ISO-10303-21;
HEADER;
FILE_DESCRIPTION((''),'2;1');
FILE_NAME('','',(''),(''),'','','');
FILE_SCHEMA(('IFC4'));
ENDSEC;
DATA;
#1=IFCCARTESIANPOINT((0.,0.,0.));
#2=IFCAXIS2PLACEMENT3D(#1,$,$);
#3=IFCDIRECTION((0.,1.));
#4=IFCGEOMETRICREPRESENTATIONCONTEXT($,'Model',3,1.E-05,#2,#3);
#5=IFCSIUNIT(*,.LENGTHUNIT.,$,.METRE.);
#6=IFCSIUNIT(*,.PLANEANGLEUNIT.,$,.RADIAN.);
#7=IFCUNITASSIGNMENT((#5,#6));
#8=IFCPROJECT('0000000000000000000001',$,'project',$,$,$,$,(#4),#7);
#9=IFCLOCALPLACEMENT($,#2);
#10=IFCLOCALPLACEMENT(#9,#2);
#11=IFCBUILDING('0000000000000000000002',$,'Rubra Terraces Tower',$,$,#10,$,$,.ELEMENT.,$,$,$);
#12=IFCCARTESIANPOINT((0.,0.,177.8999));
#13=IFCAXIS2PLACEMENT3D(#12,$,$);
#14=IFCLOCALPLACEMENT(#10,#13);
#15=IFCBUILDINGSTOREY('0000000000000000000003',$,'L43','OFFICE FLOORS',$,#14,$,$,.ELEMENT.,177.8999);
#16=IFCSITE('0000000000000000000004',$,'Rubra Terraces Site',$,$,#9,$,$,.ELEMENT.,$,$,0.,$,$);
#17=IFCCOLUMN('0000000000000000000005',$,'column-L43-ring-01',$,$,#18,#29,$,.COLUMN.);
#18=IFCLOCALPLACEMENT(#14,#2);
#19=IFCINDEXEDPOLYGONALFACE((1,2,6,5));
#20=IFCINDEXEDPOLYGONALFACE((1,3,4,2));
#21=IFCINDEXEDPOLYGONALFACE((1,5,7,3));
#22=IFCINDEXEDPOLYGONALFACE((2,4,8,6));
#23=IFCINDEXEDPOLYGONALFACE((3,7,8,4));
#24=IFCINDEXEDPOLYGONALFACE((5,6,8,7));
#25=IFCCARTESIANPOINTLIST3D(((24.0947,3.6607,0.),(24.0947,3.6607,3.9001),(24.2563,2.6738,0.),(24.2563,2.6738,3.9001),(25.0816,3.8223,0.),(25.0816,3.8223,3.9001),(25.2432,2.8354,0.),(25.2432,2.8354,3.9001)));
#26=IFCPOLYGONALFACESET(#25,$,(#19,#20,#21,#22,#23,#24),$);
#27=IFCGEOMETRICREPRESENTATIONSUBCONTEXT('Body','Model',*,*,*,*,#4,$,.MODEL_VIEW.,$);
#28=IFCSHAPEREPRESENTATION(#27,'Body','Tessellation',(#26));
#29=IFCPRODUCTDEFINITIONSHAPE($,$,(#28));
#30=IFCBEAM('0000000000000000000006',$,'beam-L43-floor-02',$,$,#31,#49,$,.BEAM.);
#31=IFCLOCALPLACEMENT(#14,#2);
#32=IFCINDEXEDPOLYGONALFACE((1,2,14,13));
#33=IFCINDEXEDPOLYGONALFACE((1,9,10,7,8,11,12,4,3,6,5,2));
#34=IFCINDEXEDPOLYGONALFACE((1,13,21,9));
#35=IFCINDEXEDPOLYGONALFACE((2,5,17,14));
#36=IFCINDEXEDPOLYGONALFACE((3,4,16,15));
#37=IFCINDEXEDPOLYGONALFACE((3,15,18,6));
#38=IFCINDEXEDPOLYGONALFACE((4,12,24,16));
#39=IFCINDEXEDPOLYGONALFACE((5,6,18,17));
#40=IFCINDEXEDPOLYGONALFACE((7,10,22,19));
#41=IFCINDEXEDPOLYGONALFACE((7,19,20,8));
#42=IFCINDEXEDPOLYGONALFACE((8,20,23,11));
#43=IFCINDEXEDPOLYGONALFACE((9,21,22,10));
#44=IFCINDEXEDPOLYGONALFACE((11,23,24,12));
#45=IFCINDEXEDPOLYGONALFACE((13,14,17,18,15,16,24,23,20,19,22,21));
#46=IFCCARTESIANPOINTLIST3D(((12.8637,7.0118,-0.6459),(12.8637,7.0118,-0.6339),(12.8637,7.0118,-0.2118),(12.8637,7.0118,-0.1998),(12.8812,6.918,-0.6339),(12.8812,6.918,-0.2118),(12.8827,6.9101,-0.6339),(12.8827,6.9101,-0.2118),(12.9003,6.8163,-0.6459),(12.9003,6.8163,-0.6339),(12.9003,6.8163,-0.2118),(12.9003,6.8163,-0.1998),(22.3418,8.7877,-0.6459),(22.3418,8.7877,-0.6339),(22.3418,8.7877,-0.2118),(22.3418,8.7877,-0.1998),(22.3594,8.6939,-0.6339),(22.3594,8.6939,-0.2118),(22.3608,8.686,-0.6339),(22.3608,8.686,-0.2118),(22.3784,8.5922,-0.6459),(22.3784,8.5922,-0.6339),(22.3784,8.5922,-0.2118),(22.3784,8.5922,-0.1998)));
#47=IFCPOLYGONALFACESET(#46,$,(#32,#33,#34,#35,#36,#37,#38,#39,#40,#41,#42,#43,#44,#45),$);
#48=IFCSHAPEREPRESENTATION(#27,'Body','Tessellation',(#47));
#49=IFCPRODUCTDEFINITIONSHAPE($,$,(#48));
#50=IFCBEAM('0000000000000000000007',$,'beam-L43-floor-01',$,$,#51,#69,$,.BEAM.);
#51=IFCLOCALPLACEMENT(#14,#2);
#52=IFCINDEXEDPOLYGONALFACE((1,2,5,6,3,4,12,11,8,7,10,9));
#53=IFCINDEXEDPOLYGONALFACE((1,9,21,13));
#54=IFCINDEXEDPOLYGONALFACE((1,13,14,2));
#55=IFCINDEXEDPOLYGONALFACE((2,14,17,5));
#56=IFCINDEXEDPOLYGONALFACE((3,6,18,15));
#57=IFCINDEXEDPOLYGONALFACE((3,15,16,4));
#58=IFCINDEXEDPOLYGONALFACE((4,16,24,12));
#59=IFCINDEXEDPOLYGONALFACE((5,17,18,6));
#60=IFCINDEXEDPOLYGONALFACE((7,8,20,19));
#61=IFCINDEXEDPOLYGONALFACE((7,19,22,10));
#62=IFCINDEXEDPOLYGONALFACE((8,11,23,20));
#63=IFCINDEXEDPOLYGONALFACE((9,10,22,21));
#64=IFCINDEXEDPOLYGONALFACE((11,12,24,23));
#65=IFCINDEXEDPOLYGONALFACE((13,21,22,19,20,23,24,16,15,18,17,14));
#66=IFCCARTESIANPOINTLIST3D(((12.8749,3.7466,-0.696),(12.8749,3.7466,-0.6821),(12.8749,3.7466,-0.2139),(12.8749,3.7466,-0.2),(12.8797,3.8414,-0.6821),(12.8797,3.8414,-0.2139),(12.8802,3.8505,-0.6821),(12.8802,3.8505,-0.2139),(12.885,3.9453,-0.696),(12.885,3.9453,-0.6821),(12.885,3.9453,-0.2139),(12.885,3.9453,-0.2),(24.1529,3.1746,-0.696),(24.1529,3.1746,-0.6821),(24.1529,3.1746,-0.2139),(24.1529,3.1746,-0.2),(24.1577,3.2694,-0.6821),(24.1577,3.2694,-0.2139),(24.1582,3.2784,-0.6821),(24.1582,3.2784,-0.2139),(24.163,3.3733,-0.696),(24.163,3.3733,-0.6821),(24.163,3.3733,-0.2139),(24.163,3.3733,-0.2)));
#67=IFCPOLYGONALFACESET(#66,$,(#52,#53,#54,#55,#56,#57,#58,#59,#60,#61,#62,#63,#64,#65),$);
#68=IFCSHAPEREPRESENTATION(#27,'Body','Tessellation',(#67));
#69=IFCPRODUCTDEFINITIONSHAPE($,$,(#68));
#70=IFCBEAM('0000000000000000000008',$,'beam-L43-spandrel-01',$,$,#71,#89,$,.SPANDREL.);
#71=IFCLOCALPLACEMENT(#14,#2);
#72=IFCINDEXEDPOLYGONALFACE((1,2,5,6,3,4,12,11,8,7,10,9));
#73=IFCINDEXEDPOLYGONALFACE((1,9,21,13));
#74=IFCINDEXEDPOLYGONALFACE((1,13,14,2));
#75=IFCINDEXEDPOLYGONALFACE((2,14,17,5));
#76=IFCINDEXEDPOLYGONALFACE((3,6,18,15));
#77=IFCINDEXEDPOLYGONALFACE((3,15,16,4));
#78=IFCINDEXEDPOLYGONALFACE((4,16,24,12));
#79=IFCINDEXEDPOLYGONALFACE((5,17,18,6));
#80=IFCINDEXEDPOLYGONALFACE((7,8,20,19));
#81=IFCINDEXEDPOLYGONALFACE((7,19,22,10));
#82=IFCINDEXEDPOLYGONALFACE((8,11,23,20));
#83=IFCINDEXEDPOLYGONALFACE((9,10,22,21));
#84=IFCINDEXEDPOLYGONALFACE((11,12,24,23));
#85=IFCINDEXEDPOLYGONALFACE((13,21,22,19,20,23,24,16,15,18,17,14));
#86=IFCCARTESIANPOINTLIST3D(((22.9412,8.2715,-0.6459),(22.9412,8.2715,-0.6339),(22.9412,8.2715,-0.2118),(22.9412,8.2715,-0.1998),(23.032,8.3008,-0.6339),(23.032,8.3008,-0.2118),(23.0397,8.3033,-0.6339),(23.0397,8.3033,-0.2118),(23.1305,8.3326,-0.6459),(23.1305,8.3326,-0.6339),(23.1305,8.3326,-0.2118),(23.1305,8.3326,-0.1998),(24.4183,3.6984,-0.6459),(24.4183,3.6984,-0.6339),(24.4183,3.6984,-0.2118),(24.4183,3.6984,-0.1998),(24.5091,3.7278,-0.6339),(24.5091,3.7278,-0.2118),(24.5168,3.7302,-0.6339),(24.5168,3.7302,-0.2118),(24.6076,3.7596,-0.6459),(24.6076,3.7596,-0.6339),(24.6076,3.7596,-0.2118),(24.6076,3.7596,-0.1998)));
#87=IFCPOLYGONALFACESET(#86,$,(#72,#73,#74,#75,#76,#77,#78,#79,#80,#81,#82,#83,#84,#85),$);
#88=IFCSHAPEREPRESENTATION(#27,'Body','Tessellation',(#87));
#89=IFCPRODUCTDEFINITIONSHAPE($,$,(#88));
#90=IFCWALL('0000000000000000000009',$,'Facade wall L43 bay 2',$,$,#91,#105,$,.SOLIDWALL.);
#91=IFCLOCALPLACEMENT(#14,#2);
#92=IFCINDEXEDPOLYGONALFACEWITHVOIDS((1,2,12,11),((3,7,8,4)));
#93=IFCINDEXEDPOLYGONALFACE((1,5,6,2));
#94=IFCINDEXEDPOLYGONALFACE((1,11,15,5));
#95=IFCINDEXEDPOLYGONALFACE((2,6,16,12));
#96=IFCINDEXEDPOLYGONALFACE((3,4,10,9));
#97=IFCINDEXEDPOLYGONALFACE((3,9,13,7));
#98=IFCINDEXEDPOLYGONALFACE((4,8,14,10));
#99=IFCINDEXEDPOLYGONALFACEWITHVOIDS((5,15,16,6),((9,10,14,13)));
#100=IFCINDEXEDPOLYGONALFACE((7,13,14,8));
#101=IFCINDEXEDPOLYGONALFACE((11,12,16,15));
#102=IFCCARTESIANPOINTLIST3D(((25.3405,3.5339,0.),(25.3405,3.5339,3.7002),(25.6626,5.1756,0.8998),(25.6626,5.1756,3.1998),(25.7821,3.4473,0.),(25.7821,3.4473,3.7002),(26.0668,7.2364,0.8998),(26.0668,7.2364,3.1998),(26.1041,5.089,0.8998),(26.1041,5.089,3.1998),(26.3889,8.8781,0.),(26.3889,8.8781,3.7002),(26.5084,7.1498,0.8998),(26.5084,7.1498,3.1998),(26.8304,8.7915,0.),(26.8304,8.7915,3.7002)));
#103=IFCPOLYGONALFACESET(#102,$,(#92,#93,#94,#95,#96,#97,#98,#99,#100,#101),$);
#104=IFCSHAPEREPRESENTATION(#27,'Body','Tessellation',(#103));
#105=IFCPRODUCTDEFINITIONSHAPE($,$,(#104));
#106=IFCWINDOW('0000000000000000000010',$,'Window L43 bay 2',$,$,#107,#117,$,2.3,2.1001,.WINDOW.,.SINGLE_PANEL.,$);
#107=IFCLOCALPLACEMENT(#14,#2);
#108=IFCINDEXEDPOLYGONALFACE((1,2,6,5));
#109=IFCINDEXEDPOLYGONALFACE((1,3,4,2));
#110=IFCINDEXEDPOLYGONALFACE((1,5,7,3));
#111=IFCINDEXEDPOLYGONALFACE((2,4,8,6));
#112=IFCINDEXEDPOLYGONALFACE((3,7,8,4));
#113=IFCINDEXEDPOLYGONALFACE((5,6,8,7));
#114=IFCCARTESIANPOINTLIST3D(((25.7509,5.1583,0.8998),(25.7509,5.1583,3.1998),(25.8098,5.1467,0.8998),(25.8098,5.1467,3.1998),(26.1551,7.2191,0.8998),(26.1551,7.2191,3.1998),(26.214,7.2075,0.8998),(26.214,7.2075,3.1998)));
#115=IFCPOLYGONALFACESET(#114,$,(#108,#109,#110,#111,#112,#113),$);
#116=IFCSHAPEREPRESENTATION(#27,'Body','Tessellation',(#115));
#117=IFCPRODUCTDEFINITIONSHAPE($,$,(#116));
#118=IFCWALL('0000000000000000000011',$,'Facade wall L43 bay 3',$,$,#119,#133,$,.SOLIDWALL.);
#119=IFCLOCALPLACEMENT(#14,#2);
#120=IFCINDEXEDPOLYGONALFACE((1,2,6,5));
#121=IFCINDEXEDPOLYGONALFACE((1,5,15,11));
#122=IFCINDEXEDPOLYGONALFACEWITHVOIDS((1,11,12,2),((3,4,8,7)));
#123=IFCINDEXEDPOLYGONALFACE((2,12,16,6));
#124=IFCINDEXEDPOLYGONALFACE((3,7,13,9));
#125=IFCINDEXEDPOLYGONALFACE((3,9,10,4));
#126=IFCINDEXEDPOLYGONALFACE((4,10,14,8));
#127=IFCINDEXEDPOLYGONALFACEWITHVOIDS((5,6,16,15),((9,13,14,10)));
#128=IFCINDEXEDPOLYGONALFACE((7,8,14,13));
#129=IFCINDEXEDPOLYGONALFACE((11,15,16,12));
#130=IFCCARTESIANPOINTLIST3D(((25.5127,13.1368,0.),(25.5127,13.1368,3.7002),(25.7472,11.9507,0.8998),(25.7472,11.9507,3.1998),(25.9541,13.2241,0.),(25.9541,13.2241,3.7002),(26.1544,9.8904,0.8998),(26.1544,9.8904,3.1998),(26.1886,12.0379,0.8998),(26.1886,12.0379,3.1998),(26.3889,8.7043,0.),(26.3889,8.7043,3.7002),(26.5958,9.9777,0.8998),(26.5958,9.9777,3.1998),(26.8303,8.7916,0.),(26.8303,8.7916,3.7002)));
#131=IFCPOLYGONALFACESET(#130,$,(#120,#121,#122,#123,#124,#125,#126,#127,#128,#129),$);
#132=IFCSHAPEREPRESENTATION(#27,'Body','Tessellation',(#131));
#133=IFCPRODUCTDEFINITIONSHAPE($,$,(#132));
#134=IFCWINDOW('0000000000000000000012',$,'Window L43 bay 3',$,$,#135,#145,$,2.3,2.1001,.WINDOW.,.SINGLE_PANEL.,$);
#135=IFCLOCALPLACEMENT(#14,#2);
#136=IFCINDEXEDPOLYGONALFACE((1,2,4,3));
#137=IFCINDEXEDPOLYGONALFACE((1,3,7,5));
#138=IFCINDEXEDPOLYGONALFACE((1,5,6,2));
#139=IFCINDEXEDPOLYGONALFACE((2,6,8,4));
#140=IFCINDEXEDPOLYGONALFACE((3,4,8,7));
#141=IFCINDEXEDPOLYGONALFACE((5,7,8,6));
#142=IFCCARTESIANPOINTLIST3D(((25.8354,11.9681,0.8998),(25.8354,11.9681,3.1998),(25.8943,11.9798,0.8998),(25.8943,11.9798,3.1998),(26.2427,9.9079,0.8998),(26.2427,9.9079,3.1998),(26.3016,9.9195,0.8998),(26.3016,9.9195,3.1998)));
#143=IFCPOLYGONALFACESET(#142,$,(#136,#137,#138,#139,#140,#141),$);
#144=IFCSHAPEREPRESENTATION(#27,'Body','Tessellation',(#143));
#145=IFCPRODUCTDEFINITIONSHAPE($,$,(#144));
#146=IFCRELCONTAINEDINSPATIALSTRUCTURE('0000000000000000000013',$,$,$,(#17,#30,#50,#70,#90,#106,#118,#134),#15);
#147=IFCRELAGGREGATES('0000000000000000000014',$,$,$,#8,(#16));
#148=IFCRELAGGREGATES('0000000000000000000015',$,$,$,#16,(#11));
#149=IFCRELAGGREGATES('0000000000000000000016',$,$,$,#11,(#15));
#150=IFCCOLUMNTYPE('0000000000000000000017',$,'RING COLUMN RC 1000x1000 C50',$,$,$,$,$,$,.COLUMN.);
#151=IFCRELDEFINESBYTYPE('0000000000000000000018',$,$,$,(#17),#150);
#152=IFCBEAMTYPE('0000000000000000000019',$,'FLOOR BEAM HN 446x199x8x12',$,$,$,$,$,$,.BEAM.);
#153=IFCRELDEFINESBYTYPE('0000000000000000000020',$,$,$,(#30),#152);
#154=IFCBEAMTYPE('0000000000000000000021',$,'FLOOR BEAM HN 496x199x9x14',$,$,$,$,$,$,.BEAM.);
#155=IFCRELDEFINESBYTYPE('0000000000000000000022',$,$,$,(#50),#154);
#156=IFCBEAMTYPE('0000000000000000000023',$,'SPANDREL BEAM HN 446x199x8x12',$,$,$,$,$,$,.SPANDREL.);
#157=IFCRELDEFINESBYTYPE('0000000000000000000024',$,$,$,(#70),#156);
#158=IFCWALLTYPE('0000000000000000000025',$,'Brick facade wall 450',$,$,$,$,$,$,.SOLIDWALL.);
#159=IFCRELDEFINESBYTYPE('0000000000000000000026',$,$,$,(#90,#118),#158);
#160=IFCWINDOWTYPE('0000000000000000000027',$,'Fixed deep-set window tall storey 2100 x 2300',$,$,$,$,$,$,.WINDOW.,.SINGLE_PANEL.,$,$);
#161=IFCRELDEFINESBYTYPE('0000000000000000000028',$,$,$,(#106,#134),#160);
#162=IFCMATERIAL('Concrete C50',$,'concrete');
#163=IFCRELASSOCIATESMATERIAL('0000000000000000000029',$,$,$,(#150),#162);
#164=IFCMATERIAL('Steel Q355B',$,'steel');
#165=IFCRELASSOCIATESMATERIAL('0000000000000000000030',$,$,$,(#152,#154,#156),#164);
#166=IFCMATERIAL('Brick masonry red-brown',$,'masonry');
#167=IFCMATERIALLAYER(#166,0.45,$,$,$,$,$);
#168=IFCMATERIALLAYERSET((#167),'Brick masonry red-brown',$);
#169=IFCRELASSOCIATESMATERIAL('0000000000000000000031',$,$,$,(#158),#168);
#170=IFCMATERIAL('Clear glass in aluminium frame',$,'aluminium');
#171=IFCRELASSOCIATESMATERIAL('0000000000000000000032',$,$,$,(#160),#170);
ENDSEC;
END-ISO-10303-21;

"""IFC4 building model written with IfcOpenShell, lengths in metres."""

from ifc_helpers import new_model, si_unit, direction, frame, frame_2d, origin, origin_2d, place, context, subcontext, project, spatial, rectangle, i_section, extrude, material, layer, layer_set, material_profile, profile_set, type_object, element, fill, save


model = new_model("IFC4")

# Units and contexts
model_context = context("Model", 3, precision=1e-05, world=origin(), true_north=direction((0.0, 1.0)))
body_context = subcontext(model_context, "Body", "Model", "MODEL_VIEW")
ifc_project = project(units=[si_unit("LENGTHUNIT", "METRE"), si_unit("PLANEANGLEUNIT", "RADIAN")], contexts=[model_context])

# Site, building, storey
site_placement = place(None, origin())
site = spatial("IfcSite", under=ifc_project, at=site_placement, Name="Rubra Terraces Site", CompositionType="ELEMENT", RefElevation=0.0)
building_placement = place(site_placement, origin())
building = spatial("IfcBuilding", under=site, at=building_placement, Name="Rubra Terraces Tower", CompositionType="ELEMENT")
storey_placement = place(building_placement, frame((0.0, 0.0, 177.8999)))
storey = spatial("IfcBuildingStorey", under=building, at=storey_placement, Name="L43", Description="OFFICE FLOORS", CompositionType="ELEMENT", Elevation=177.8999)

# Column
ifc_material_1 = material(Name="Concrete C50", Category="concrete")
ifc_material_profile_1 = material_profile(ifc_material_1, rectangle(XDim=1.0, YDim=1.0, at=origin_2d()), Name="RC 1000x1000")
ifc_profile_set_1 = profile_set([ifc_material_profile_1], Name="Concrete C50")
column_type = type_object("IfcColumnType", Name="RING COLUMN RC 1000x1000 C50", PredefinedType="COLUMN", material=ifc_profile_set_1)
column_placement = place(storey_placement, frame((24.6689, 3.248, 0.0), z_axis=(0.0, 0.0, 1.0), x_axis=(-0.161559, 0.986863, 0.0)))
element("IfcColumn", 1, at=column_placement, inside=storey, type_object=column_type, Name="column-L43-ring-01", PredefinedType="COLUMN", context=body_context, shape_type="SweptSolid", body=[
    extrude(rectangle(XDim=1.0, YDim=1.0, at=origin_2d()), origin(), (0.0, 0.0, 1.0), 3.9001),
])

# Beams
ifc_material_2 = material(Name="Steel Q355B", Category="steel")
ifc_material_profile_2 = material_profile(ifc_material_2, i_section(OverallWidth=0.199, OverallDepth=0.446, WebThickness=0.0081, FlangeThickness=0.012, at=origin_2d()), Name="HN 446x199x8x12")
ifc_profile_set_2 = profile_set([ifc_material_profile_2], Name="Steel Q355B")
beam_type_1 = type_object("IfcBeamType", Name="FLOOR BEAM HN 446x199x8x12", PredefinedType="BEAM", material=ifc_profile_set_2)
beam_1_placement = place(storey_placement, frame((22.3601, 8.6899, -0.4229), z_axis=(-0.982896, -0.184163, 0.0), x_axis=(0.184163, -0.982896, 0.0)))
element("IfcBeam", 2, at=beam_1_placement, inside=storey, type_object=beam_type_1, Name="beam-L43-floor-02", PredefinedType="BEAM", context=body_context, shape_type="SweptSolid", body=[
    extrude(i_section(OverallWidth=0.199, OverallDepth=0.446, WebThickness=0.0081, FlangeThickness=0.012, at=origin_2d()), origin(), (0.0, 0.0, 1.0), 9.6431),
])
ifc_material_profile_3 = material_profile(ifc_material_2, i_section(OverallWidth=0.199, OverallDepth=0.4961, WebThickness=0.009, FlangeThickness=0.0139, at=origin_2d()), Name="HN 496x199x9x14")
ifc_profile_set_3 = profile_set([ifc_material_profile_3], Name="Steel Q355B")
beam_type_2 = type_object("IfcBeamType", Name="FLOOR BEAM HN 496x199x9x14", PredefinedType="BEAM", material=ifc_profile_set_3)
beam_2_placement = place(storey_placement, frame((24.158, 3.2739, -0.448), z_axis=(-0.998716, 0.050655, 0.0), x_axis=(-0.050655, -0.998716, 0.0)))
element("IfcBeam", 3, at=beam_2_placement, inside=storey, type_object=beam_type_2, Name="beam-L43-floor-01", PredefinedType="BEAM", context=body_context, shape_type="SweptSolid", body=[
    extrude(i_section(OverallWidth=0.199, OverallDepth=0.4961, WebThickness=0.009, FlangeThickness=0.0139, at=origin_2d()), origin(), (0.0, 0.0, 1.0), 11.2925),
])
ifc_material_profile_4 = material_profile(ifc_material_2, i_section(OverallWidth=0.199, OverallDepth=0.446, WebThickness=0.0081, FlangeThickness=0.012, at=origin_2d()), Name="HN 446x199x8x12")
ifc_profile_set_4 = profile_set([ifc_material_profile_4], Name="Steel Q355B")
beam_type_3 = type_object("IfcBeamType", Name="SPANDREL BEAM HN 446x199x8x12", PredefinedType="SPANDREL", material=ifc_profile_set_4)
beam_3_placement = place(storey_placement, frame((24.5129, 3.729, -0.4229), z_axis=(-0.307359, 0.951594, 0.0), x_axis=(-0.951594, -0.307359, 0.0)))
element("IfcBeam", 4, at=beam_3_placement, inside=storey, type_object=beam_type_3, Name="beam-L43-spandrel-01", PredefinedType="SPANDREL", context=body_context, shape_type="SweptSolid", body=[
    extrude(i_section(OverallWidth=0.199, OverallDepth=0.446, WebThickness=0.0081, FlangeThickness=0.012, at=origin_2d()), origin(), (0.0, 0.0, 1.0), 4.8057),
])

# Walls, openings, windows
ifc_material_3 = material(Name="Brick masonry red-brown", Category="masonry")
ifc_layer_1 = layer(ifc_material_3, 0.45)
ifc_layer_set_1 = layer_set([ifc_layer_1], Name="Brick masonry red-brown")
wall_type_1 = type_object("IfcWallType", Name="Brick facade wall 450", PredefinedType="SOLIDWALL", material=ifc_layer_set_1)
wall_1_placement = place(storey_placement, frame((25.5613, 3.4905, 0.0), z_axis=(0.0, 0.0, 1.0), x_axis=(0.192494, 0.981298, 0.0)))
wall_1 = element("IfcWall", 5, at=wall_1_placement, inside=storey, type_object=wall_type_1, Name="Facade wall L43 bay 2", PredefinedType="SOLIDWALL", context=body_context, shape_type="SweptSolid", body=[
    extrude(rectangle(XDim=5.446, YDim=0.45, at=frame_2d((2.7231, 0.0))), origin(), (0.0, 0.0, 1.0), 3.7002),
])
opening_1_placement = place(wall_1_placement, frame((1.6731, 0.0, 0.8999)))
opening_1 = element("IfcOpeningElement", 6, at=opening_1_placement, cuts=wall_1, PredefinedType="OPENING", context=body_context, shape_type="SweptSolid", body=[
    extrude(rectangle(XDim=2.1001, YDim=2.3, at=frame_2d((1.05, 1.1499))), frame((0.0, 0.2349, 0.0), z_axis=(0.0, -1.0, 0.0), x_axis=(1.0, 0.0, 0.0)), (0.0, 0.0, 1.0), 0.47),
])
ifc_material_4 = material(Name="Clear glass in aluminium frame", Category="aluminium")
window_type = type_object("IfcWindowType", Name="Fixed deep-set window tall storey 2100 x 2300", PartitioningType="SINGLE_PANEL", PredefinedType="WINDOW", material=ifc_material_4)
window_1_placement = place(opening_1_placement, origin())
window_1 = element("IfcWindow", 7, at=window_1_placement, inside=storey, type_object=window_type, Name="Window L43 bay 2", OverallHeight=2.3, OverallWidth=2.1001, PartitioningType="SINGLE_PANEL", PredefinedType="WINDOW", context=body_context, shape_type="SweptSolid", body=[
    extrude(rectangle(XDim=2.1001, YDim=2.3, at=frame_2d((1.05, 1.1499))), frame((0.0, 0.135, 0.0), z_axis=(0.0, -1.0, 0.0), x_axis=(1.0, 0.0, 0.0)), (0.0, 0.0, 1.0), 0.0601),
])
fill(opening_1, window_1)
wall_2_placement = place(storey_placement, frame((26.6096, 8.7478, 0.0), z_axis=(0.0, 0.0, 1.0), x_axis=(-0.193923, 0.981017, 0.0)))
wall_2 = element("IfcWall", 8, at=wall_2_placement, inside=storey, type_object=wall_type_1, Name="Facade wall L43 bay 3", PredefinedType="SOLIDWALL", context=body_context, shape_type="SweptSolid", body=[
    extrude(rectangle(XDim=4.5183, YDim=0.45, at=frame_2d((2.2593, 0.0))), origin(), (0.0, 0.0, 1.0), 3.7002),
])
opening_2_placement = place(wall_2_placement, frame((1.2092, 0.0, 0.8999)))
opening_2 = element("IfcOpeningElement", 9, at=opening_2_placement, cuts=wall_2, PredefinedType="OPENING", context=body_context, shape_type="SweptSolid", body=[
    extrude(rectangle(XDim=2.1001, YDim=2.3, at=frame_2d((1.05, 1.1499))), frame((0.0, 0.2349, 0.0), z_axis=(0.0, -1.0, 0.0), x_axis=(1.0, 0.0, 0.0)), (0.0, 0.0, 1.0), 0.47),
])
window_2_placement = place(opening_2_placement, origin())
window_2 = element("IfcWindow", 10, at=window_2_placement, inside=storey, type_object=window_type, Name="Window L43 bay 3", OverallHeight=2.3, OverallWidth=2.1001, PartitioningType="SINGLE_PANEL", PredefinedType="WINDOW", context=body_context, shape_type="SweptSolid", body=[
    extrude(rectangle(XDim=2.1001, YDim=2.3, at=frame_2d((1.05, 1.1499))), frame((0.0, 0.135, 0.0), z_axis=(0.0, -1.0, 0.0), x_axis=(1.0, 0.0, 0.0)), (0.0, 0.0, 1.0), 0.0601),
])
fill(opening_2, window_2)

save(model, "model.ifc")
